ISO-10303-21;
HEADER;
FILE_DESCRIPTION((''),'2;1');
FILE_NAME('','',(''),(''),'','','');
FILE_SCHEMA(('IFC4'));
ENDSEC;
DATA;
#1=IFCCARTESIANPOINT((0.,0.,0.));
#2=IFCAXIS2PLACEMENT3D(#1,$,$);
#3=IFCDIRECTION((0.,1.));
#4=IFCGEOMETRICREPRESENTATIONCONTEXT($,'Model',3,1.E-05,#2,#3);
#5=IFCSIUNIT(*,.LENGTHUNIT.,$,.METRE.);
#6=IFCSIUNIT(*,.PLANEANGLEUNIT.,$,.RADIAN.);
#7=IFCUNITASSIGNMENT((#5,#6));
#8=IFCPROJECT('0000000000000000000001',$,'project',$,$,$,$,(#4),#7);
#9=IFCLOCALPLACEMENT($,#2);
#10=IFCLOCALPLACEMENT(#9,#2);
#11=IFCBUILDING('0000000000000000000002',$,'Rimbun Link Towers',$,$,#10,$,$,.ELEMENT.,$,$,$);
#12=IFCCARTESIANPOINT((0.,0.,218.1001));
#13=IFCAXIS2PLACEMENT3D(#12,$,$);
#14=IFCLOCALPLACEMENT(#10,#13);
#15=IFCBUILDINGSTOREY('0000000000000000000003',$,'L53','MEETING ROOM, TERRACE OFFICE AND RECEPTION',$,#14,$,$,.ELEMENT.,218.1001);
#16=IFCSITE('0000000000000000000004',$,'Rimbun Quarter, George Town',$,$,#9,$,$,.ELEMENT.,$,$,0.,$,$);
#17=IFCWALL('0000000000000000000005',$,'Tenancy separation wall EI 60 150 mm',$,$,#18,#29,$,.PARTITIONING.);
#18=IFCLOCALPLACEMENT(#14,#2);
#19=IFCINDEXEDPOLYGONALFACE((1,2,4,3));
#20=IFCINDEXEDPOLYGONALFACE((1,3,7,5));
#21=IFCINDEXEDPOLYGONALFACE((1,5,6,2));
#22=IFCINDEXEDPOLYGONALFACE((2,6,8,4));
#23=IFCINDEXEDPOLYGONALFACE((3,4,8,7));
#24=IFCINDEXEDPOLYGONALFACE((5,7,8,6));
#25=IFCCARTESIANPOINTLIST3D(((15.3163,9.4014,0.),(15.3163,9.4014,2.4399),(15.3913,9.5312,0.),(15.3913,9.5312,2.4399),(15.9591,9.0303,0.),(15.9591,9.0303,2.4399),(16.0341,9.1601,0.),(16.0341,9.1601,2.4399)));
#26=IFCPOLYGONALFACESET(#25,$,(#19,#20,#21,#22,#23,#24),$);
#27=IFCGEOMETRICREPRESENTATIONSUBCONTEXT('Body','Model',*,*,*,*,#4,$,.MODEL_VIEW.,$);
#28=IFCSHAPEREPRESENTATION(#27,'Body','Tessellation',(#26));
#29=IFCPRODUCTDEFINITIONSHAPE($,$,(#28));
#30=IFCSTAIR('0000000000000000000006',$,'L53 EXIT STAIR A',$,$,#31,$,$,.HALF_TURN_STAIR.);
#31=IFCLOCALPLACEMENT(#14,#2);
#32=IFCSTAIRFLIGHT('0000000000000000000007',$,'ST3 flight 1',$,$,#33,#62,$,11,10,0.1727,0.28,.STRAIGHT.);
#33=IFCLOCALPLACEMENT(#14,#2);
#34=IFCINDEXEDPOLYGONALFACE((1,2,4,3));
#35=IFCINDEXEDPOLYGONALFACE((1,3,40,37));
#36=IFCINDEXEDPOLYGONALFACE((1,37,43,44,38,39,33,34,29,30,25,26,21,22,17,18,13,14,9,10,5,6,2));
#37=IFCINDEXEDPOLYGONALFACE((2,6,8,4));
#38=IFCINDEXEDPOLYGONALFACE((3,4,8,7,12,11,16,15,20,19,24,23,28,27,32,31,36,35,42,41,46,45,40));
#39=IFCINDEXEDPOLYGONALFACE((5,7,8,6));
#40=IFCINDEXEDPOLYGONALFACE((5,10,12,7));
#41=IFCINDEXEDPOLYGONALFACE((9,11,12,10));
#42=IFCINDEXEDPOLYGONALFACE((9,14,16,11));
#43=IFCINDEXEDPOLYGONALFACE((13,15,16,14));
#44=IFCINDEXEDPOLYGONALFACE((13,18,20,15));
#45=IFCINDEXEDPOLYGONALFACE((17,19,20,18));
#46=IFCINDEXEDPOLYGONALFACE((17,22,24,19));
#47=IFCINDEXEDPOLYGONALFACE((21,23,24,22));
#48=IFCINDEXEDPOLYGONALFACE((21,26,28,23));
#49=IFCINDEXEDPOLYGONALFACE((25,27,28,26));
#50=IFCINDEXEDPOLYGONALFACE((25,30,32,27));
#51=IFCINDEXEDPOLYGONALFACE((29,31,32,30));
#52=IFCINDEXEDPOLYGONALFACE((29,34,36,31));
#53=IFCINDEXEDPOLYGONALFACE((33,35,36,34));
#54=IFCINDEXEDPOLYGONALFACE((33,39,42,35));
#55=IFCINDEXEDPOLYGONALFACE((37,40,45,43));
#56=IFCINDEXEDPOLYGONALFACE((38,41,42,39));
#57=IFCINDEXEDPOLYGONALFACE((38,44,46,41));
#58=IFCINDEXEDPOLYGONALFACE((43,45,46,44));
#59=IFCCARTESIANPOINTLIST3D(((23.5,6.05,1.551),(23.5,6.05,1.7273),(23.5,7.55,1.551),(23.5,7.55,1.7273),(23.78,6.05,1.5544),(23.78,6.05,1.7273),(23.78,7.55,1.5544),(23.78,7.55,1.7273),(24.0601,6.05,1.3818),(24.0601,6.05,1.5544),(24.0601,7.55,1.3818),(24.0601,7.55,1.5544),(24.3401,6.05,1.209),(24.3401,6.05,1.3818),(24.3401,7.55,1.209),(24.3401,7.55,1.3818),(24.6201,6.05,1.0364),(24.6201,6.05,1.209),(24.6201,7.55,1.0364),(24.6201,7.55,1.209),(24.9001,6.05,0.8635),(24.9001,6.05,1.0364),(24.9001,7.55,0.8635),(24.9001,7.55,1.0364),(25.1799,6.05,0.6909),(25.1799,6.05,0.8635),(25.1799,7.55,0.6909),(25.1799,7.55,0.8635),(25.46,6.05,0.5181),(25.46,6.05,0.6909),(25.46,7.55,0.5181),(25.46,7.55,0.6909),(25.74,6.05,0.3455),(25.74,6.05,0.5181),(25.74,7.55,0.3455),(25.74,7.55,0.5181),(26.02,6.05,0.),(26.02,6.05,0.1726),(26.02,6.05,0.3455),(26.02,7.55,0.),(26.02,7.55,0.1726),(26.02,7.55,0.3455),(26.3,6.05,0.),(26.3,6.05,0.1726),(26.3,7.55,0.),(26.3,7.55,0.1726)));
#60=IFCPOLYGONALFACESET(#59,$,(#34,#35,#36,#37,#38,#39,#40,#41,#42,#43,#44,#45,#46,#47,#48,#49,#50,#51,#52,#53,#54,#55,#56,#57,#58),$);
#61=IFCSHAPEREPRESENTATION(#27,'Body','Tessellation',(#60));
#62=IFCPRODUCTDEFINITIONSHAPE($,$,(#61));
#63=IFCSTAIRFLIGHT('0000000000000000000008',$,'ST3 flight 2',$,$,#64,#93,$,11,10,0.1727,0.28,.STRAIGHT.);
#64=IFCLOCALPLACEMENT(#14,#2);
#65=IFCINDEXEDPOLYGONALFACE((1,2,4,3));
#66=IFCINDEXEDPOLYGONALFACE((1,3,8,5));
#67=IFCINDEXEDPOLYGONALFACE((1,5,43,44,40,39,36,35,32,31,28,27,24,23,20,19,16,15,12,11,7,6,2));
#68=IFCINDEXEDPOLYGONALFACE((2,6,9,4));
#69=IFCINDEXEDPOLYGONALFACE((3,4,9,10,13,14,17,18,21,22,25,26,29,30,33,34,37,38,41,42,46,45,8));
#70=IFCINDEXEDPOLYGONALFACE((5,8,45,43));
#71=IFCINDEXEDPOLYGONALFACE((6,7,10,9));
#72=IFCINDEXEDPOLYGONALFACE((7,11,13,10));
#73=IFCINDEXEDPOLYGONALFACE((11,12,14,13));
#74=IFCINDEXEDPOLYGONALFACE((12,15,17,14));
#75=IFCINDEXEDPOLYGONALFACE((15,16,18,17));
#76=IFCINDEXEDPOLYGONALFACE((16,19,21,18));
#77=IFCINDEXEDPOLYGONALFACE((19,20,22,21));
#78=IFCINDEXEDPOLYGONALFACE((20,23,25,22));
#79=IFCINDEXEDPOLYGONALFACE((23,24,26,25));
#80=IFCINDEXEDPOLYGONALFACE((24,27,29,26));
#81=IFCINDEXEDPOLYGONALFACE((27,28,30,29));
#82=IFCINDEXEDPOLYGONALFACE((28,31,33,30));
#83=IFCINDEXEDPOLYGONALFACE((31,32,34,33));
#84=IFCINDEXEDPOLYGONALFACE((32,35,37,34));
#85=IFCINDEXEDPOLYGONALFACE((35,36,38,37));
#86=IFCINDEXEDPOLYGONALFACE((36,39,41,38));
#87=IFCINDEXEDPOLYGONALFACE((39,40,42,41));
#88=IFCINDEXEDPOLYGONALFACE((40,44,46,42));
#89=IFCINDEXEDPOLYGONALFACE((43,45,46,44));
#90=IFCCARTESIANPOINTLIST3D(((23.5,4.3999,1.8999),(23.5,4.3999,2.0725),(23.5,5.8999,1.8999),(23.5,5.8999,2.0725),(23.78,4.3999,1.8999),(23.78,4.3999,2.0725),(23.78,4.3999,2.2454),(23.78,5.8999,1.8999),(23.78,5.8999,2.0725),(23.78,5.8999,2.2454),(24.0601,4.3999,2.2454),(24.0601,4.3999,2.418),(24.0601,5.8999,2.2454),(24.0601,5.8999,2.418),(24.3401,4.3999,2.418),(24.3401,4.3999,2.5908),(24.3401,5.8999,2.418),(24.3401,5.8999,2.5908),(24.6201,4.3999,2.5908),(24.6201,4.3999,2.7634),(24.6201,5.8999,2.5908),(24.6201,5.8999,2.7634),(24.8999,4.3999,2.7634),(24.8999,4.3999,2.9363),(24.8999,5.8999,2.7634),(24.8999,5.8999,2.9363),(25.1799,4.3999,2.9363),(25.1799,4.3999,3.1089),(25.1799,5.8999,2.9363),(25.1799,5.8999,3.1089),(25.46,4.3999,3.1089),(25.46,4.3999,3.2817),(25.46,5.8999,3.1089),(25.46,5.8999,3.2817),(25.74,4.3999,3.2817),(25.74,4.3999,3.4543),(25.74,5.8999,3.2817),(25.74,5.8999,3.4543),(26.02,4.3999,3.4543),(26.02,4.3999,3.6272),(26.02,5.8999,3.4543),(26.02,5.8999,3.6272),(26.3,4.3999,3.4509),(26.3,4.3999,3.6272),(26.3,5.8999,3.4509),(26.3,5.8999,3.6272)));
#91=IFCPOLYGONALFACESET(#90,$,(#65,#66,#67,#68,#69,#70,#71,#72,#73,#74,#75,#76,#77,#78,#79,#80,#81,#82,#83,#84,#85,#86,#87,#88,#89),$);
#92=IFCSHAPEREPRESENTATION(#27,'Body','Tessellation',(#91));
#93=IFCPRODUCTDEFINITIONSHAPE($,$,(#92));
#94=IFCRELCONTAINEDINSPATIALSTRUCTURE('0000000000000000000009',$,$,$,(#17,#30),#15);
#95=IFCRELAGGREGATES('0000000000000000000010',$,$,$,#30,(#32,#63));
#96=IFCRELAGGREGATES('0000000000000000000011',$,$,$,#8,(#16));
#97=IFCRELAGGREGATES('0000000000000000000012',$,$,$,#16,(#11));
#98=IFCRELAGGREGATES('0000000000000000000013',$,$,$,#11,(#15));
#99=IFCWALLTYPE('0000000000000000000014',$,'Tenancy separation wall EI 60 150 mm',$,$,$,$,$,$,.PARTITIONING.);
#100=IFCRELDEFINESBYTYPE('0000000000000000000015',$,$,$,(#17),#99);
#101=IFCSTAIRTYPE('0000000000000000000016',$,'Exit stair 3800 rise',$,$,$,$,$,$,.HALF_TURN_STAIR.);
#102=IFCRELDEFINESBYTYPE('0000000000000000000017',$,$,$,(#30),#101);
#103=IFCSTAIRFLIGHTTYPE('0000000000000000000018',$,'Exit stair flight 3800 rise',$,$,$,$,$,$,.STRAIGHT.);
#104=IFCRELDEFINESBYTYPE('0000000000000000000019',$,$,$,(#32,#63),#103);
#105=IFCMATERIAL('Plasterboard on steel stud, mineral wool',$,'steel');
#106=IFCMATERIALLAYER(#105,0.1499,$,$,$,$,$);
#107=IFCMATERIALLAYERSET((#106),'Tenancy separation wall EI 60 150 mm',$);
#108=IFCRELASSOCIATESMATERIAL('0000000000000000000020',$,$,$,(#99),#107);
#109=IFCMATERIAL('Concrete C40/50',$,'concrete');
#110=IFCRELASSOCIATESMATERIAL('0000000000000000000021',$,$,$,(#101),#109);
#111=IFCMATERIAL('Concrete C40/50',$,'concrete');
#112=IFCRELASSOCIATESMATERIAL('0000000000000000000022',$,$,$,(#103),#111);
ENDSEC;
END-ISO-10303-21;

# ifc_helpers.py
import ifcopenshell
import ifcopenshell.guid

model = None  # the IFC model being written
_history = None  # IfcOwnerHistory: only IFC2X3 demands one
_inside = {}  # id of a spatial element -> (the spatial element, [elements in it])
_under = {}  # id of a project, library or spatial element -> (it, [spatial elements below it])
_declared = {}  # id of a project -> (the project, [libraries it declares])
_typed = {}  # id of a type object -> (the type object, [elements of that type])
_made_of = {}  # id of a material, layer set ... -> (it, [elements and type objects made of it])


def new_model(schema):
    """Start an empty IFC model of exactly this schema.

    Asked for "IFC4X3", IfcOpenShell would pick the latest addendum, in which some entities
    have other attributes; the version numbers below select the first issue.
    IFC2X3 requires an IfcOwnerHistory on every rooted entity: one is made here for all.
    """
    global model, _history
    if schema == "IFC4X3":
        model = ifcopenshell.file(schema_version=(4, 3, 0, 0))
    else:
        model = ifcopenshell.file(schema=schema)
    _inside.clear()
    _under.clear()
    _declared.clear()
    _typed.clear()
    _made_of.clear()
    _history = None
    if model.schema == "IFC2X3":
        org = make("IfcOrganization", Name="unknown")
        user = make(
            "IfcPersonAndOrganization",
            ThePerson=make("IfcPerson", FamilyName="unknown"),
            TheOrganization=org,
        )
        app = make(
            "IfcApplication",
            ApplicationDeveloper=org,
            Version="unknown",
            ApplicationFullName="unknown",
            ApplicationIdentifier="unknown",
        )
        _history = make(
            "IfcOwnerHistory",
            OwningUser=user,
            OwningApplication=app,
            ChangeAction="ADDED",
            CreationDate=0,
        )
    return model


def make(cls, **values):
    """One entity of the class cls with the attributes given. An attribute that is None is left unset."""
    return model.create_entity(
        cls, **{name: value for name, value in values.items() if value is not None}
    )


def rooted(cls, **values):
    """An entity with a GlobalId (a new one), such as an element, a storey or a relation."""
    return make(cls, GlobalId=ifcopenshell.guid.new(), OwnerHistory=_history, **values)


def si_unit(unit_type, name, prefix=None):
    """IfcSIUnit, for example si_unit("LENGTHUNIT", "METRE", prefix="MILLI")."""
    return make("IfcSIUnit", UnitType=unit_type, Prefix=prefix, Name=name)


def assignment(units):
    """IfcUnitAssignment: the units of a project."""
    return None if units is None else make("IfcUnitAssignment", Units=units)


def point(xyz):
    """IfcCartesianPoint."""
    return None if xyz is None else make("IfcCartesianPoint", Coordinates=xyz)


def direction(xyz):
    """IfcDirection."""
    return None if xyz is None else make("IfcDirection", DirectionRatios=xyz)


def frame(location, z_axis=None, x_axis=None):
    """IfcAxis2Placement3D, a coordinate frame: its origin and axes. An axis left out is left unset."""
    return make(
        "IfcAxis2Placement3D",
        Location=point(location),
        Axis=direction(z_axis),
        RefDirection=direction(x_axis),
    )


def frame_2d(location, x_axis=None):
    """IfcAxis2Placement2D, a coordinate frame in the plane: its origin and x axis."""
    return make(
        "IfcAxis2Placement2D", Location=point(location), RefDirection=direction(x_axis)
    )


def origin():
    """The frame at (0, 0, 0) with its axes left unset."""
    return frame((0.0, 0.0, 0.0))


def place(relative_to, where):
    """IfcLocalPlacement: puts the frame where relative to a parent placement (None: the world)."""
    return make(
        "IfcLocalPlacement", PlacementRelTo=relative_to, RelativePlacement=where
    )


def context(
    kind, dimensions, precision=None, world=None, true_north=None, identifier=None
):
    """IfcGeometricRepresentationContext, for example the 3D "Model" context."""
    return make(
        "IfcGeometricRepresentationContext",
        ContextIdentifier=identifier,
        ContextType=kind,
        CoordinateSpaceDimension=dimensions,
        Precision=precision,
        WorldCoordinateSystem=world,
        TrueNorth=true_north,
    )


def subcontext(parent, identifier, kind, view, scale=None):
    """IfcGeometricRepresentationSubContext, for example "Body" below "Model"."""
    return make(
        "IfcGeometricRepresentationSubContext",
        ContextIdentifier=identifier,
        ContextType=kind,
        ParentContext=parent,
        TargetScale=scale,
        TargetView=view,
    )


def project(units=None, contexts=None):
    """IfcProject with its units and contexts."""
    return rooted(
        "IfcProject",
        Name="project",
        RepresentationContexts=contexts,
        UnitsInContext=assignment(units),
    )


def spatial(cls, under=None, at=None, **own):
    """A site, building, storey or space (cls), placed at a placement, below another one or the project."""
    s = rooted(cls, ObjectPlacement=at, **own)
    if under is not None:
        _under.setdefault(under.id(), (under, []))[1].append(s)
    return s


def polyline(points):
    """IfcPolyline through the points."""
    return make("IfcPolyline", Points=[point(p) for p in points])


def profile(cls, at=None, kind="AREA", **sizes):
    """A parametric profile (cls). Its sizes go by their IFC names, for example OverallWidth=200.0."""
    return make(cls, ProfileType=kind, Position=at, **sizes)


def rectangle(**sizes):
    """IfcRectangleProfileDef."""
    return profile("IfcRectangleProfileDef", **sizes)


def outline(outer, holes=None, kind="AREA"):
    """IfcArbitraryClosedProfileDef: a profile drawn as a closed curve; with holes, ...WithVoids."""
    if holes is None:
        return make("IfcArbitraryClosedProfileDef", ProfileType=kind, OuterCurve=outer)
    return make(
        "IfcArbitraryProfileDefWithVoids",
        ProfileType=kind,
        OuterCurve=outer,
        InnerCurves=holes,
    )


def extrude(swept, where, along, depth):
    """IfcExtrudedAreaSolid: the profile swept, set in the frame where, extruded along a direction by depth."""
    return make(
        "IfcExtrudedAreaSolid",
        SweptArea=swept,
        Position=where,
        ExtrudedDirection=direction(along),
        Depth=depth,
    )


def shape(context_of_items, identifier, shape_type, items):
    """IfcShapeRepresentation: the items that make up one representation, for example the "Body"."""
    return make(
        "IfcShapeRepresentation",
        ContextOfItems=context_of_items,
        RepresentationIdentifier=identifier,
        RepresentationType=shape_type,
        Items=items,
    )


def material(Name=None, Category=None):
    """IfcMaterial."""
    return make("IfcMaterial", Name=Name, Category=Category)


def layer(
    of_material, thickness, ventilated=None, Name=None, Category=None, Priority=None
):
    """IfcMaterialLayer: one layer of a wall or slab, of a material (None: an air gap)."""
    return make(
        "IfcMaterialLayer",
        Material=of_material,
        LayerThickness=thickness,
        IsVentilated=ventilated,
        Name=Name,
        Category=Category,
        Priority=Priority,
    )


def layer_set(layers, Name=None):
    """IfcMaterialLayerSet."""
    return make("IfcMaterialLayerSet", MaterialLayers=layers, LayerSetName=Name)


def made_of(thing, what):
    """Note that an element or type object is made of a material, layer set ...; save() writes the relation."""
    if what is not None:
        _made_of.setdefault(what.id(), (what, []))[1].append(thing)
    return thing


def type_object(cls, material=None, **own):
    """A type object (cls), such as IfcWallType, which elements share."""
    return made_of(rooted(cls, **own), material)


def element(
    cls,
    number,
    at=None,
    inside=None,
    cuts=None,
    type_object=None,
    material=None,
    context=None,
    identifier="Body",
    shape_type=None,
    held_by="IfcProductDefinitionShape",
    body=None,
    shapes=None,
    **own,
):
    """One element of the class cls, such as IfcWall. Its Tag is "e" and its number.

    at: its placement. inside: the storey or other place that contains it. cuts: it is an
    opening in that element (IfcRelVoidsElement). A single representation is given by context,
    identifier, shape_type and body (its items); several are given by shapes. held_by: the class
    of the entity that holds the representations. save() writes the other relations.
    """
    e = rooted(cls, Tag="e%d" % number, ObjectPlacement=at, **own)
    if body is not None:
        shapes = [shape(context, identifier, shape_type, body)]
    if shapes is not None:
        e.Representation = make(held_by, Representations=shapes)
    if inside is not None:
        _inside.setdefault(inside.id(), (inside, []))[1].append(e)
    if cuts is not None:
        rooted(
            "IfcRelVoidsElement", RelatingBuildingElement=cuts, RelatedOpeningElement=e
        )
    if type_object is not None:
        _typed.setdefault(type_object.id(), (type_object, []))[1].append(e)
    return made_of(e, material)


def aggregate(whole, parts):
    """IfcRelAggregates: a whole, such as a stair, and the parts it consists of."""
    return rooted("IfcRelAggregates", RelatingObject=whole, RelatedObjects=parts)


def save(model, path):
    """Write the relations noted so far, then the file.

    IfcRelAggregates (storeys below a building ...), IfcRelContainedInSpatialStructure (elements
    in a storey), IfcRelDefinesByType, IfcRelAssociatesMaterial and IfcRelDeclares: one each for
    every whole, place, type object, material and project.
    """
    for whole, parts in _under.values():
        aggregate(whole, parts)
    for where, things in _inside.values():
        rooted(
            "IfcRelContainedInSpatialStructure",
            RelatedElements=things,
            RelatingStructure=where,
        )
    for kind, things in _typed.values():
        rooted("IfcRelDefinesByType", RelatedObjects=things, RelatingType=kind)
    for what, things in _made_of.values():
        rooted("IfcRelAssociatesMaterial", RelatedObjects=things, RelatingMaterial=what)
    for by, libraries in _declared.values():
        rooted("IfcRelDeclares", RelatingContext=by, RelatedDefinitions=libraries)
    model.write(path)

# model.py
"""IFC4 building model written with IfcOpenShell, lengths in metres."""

from ifc_helpers import new_model, si_unit, direction, frame, frame_2d, origin, place, context, subcontext, project, spatial, polyline, rectangle, outline, extrude, material, layer, layer_set, type_object, element, aggregate, save


model = new_model("IFC4")

# Units and contexts
model_context = context("Model", 3, precision=1e-05, world=origin(), true_north=direction((0.0, 1.0)))
body_context = subcontext(model_context, "Body", "Model", "MODEL_VIEW")
ifc_project = project(units=[si_unit("LENGTHUNIT", "METRE"), si_unit("PLANEANGLEUNIT", "RADIAN")], contexts=[model_context])

# Site, building, storey
site_placement = place(None, origin())
site = spatial("IfcSite", under=ifc_project, at=site_placement, Name="Rimbun Quarter, George Town", CompositionType="ELEMENT", RefElevation=0.0)
building_placement = place(site_placement, origin())
building = spatial("IfcBuilding", under=site, at=building_placement, Name="Rimbun Link Towers", CompositionType="ELEMENT")
storey_placement = place(building_placement, frame((0.0, 0.0, 218.1001)))
storey = spatial("IfcBuildingStorey", under=building, at=storey_placement, Name="L53", Description="MEETING ROOM, TERRACE OFFICE AND RECEPTION", CompositionType="ELEMENT", Elevation=218.1001)

# Wall
ifc_material_1 = material(Name="Plasterboard on steel stud, mineral wool", Category="steel")
ifc_layer_1 = layer(ifc_material_1, 0.1499)
ifc_layer_set_1 = layer_set([ifc_layer_1], Name="Tenancy separation wall EI 60 150 mm")
wall_type_1 = type_object("IfcWallType", Name="Tenancy separation wall EI 60 150 mm", PredefinedType="PARTITIONING", material=ifc_layer_set_1)
wall_1_placement = place(storey_placement, frame((15.9966, 9.0952, 0.0), z_axis=(0.0, 0.0, 1.0), x_axis=(-0.866049, 0.49996, 0.0)))
element("IfcWall", 1, at=wall_1_placement, inside=storey, type_object=wall_type_1, Name="Tenancy separation wall EI 60 150 mm", PredefinedType="PARTITIONING", context=body_context, shape_type="SweptSolid", body=[
    extrude(rectangle(XDim=0.7422, YDim=0.1499, at=frame_2d((0.3711, 0.0))), origin(), (0.0, 0.0, 1.0), 2.4399),
])

# Stair, stair flights
ifc_material_2 = material(Name="Concrete C40/50", Category="concrete")
stair_type = type_object("IfcStairType", Name="Exit stair 3800 rise", PredefinedType="HALF_TURN_STAIR", material=ifc_material_2)
stair_placement = place(storey_placement, origin())
stair = element("IfcStair", 2, at=stair_placement, inside=storey, type_object=stair_type, Name="L53 EXIT STAIR A", PredefinedType="HALF_TURN_STAIR")
ifc_material_3 = material(Name="Concrete C40/50", Category="concrete")
stair_flight_type = type_object("IfcStairFlightType", Name="Exit stair flight 3800 rise", PredefinedType="STRAIGHT", material=ifc_material_3)
stair_flight_1_placement = place(storey_placement, frame((26.3, 6.8, 0.0), z_axis=(0.0, 0.0, 1.0), x_axis=(-1.0, 0.0, 0.0)))
stair_flight_1 = element("IfcStairFlight", 3, at=stair_flight_1_placement, type_object=stair_flight_type, Name="ST3 flight 1", NumberOfRisers=11, NumberOfTreads=10, PredefinedType="STRAIGHT", RiserHeight=0.1727, TreadLength=0.28, context=body_context, shape_type="SweptSolid", body=[
    extrude(outline(polyline([(0.0, 0.0), (0.0, 0.1726), (0.28, 0.1726), (0.28, 0.3455), (0.5601, 0.3455), (0.5601, 0.5181), (0.8401, 0.5181), (0.8401, 0.6909), (1.1201, 0.6909), (1.1201, 0.8635), (1.3999, 0.8635), (1.3999, 1.0364), (1.6799, 1.0364), (1.6799, 1.209), (1.96, 1.209), (1.96, 1.3818), (2.24, 1.3818), (2.24, 1.5544), (2.52, 1.5544), (2.52, 1.7273), (2.8, 1.7273), (2.8, 1.8999), (2.8, 1.551), (0.28, 0.0), (0.0, 0.0)])), frame((0.0, 0.75, 0.0), z_axis=(0.0, -1.0, 0.0), x_axis=(1.0, 0.0, 0.0)), (0.0, 0.0, 1.0), 1.5),
])
stair_flight_2_placement = place(storey_placement, frame((23.5, 5.1499, 1.8999), z_axis=(0.0, 0.0, 1.0), x_axis=(1.0, 0.0, 0.0)))
stair_flight_2 = element("IfcStairFlight", 4, at=stair_flight_2_placement, type_object=stair_flight_type, Name="ST3 flight 2", NumberOfRisers=11, NumberOfTreads=10, PredefinedType="STRAIGHT", RiserHeight=0.1727, TreadLength=0.28, context=body_context, shape_type="SweptSolid", body=[
    extrude(outline(polyline([(0.0, 0.0), (0.0, 0.1726), (0.28, 0.1726), (0.28, 0.3455), (0.5601, 0.3455), (0.5601, 0.5181), (0.8401, 0.5181), (0.8401, 0.6909), (1.1201, 0.6909), (1.1201, 0.8635), (1.3999, 0.8635), (1.3999, 1.0364), (1.6799, 1.0364), (1.6799, 1.209), (1.96, 1.209), (1.96, 1.3818), (2.24, 1.3818), (2.24, 1.5544), (2.52, 1.5544), (2.52, 1.7273), (2.8, 1.7273), (2.8, 1.8999), (2.8, 1.551), (0.28, 0.0), (0.0, 0.0)])), frame((0.0, 0.75, 0.0), z_axis=(0.0, -1.0, 0.0), x_axis=(1.0, 0.0, 0.0)), (0.0, 0.0, 1.0), 1.5),
])
aggregate(stair, [stair_flight_1, stair_flight_2])

save(model, "model.ifc")
